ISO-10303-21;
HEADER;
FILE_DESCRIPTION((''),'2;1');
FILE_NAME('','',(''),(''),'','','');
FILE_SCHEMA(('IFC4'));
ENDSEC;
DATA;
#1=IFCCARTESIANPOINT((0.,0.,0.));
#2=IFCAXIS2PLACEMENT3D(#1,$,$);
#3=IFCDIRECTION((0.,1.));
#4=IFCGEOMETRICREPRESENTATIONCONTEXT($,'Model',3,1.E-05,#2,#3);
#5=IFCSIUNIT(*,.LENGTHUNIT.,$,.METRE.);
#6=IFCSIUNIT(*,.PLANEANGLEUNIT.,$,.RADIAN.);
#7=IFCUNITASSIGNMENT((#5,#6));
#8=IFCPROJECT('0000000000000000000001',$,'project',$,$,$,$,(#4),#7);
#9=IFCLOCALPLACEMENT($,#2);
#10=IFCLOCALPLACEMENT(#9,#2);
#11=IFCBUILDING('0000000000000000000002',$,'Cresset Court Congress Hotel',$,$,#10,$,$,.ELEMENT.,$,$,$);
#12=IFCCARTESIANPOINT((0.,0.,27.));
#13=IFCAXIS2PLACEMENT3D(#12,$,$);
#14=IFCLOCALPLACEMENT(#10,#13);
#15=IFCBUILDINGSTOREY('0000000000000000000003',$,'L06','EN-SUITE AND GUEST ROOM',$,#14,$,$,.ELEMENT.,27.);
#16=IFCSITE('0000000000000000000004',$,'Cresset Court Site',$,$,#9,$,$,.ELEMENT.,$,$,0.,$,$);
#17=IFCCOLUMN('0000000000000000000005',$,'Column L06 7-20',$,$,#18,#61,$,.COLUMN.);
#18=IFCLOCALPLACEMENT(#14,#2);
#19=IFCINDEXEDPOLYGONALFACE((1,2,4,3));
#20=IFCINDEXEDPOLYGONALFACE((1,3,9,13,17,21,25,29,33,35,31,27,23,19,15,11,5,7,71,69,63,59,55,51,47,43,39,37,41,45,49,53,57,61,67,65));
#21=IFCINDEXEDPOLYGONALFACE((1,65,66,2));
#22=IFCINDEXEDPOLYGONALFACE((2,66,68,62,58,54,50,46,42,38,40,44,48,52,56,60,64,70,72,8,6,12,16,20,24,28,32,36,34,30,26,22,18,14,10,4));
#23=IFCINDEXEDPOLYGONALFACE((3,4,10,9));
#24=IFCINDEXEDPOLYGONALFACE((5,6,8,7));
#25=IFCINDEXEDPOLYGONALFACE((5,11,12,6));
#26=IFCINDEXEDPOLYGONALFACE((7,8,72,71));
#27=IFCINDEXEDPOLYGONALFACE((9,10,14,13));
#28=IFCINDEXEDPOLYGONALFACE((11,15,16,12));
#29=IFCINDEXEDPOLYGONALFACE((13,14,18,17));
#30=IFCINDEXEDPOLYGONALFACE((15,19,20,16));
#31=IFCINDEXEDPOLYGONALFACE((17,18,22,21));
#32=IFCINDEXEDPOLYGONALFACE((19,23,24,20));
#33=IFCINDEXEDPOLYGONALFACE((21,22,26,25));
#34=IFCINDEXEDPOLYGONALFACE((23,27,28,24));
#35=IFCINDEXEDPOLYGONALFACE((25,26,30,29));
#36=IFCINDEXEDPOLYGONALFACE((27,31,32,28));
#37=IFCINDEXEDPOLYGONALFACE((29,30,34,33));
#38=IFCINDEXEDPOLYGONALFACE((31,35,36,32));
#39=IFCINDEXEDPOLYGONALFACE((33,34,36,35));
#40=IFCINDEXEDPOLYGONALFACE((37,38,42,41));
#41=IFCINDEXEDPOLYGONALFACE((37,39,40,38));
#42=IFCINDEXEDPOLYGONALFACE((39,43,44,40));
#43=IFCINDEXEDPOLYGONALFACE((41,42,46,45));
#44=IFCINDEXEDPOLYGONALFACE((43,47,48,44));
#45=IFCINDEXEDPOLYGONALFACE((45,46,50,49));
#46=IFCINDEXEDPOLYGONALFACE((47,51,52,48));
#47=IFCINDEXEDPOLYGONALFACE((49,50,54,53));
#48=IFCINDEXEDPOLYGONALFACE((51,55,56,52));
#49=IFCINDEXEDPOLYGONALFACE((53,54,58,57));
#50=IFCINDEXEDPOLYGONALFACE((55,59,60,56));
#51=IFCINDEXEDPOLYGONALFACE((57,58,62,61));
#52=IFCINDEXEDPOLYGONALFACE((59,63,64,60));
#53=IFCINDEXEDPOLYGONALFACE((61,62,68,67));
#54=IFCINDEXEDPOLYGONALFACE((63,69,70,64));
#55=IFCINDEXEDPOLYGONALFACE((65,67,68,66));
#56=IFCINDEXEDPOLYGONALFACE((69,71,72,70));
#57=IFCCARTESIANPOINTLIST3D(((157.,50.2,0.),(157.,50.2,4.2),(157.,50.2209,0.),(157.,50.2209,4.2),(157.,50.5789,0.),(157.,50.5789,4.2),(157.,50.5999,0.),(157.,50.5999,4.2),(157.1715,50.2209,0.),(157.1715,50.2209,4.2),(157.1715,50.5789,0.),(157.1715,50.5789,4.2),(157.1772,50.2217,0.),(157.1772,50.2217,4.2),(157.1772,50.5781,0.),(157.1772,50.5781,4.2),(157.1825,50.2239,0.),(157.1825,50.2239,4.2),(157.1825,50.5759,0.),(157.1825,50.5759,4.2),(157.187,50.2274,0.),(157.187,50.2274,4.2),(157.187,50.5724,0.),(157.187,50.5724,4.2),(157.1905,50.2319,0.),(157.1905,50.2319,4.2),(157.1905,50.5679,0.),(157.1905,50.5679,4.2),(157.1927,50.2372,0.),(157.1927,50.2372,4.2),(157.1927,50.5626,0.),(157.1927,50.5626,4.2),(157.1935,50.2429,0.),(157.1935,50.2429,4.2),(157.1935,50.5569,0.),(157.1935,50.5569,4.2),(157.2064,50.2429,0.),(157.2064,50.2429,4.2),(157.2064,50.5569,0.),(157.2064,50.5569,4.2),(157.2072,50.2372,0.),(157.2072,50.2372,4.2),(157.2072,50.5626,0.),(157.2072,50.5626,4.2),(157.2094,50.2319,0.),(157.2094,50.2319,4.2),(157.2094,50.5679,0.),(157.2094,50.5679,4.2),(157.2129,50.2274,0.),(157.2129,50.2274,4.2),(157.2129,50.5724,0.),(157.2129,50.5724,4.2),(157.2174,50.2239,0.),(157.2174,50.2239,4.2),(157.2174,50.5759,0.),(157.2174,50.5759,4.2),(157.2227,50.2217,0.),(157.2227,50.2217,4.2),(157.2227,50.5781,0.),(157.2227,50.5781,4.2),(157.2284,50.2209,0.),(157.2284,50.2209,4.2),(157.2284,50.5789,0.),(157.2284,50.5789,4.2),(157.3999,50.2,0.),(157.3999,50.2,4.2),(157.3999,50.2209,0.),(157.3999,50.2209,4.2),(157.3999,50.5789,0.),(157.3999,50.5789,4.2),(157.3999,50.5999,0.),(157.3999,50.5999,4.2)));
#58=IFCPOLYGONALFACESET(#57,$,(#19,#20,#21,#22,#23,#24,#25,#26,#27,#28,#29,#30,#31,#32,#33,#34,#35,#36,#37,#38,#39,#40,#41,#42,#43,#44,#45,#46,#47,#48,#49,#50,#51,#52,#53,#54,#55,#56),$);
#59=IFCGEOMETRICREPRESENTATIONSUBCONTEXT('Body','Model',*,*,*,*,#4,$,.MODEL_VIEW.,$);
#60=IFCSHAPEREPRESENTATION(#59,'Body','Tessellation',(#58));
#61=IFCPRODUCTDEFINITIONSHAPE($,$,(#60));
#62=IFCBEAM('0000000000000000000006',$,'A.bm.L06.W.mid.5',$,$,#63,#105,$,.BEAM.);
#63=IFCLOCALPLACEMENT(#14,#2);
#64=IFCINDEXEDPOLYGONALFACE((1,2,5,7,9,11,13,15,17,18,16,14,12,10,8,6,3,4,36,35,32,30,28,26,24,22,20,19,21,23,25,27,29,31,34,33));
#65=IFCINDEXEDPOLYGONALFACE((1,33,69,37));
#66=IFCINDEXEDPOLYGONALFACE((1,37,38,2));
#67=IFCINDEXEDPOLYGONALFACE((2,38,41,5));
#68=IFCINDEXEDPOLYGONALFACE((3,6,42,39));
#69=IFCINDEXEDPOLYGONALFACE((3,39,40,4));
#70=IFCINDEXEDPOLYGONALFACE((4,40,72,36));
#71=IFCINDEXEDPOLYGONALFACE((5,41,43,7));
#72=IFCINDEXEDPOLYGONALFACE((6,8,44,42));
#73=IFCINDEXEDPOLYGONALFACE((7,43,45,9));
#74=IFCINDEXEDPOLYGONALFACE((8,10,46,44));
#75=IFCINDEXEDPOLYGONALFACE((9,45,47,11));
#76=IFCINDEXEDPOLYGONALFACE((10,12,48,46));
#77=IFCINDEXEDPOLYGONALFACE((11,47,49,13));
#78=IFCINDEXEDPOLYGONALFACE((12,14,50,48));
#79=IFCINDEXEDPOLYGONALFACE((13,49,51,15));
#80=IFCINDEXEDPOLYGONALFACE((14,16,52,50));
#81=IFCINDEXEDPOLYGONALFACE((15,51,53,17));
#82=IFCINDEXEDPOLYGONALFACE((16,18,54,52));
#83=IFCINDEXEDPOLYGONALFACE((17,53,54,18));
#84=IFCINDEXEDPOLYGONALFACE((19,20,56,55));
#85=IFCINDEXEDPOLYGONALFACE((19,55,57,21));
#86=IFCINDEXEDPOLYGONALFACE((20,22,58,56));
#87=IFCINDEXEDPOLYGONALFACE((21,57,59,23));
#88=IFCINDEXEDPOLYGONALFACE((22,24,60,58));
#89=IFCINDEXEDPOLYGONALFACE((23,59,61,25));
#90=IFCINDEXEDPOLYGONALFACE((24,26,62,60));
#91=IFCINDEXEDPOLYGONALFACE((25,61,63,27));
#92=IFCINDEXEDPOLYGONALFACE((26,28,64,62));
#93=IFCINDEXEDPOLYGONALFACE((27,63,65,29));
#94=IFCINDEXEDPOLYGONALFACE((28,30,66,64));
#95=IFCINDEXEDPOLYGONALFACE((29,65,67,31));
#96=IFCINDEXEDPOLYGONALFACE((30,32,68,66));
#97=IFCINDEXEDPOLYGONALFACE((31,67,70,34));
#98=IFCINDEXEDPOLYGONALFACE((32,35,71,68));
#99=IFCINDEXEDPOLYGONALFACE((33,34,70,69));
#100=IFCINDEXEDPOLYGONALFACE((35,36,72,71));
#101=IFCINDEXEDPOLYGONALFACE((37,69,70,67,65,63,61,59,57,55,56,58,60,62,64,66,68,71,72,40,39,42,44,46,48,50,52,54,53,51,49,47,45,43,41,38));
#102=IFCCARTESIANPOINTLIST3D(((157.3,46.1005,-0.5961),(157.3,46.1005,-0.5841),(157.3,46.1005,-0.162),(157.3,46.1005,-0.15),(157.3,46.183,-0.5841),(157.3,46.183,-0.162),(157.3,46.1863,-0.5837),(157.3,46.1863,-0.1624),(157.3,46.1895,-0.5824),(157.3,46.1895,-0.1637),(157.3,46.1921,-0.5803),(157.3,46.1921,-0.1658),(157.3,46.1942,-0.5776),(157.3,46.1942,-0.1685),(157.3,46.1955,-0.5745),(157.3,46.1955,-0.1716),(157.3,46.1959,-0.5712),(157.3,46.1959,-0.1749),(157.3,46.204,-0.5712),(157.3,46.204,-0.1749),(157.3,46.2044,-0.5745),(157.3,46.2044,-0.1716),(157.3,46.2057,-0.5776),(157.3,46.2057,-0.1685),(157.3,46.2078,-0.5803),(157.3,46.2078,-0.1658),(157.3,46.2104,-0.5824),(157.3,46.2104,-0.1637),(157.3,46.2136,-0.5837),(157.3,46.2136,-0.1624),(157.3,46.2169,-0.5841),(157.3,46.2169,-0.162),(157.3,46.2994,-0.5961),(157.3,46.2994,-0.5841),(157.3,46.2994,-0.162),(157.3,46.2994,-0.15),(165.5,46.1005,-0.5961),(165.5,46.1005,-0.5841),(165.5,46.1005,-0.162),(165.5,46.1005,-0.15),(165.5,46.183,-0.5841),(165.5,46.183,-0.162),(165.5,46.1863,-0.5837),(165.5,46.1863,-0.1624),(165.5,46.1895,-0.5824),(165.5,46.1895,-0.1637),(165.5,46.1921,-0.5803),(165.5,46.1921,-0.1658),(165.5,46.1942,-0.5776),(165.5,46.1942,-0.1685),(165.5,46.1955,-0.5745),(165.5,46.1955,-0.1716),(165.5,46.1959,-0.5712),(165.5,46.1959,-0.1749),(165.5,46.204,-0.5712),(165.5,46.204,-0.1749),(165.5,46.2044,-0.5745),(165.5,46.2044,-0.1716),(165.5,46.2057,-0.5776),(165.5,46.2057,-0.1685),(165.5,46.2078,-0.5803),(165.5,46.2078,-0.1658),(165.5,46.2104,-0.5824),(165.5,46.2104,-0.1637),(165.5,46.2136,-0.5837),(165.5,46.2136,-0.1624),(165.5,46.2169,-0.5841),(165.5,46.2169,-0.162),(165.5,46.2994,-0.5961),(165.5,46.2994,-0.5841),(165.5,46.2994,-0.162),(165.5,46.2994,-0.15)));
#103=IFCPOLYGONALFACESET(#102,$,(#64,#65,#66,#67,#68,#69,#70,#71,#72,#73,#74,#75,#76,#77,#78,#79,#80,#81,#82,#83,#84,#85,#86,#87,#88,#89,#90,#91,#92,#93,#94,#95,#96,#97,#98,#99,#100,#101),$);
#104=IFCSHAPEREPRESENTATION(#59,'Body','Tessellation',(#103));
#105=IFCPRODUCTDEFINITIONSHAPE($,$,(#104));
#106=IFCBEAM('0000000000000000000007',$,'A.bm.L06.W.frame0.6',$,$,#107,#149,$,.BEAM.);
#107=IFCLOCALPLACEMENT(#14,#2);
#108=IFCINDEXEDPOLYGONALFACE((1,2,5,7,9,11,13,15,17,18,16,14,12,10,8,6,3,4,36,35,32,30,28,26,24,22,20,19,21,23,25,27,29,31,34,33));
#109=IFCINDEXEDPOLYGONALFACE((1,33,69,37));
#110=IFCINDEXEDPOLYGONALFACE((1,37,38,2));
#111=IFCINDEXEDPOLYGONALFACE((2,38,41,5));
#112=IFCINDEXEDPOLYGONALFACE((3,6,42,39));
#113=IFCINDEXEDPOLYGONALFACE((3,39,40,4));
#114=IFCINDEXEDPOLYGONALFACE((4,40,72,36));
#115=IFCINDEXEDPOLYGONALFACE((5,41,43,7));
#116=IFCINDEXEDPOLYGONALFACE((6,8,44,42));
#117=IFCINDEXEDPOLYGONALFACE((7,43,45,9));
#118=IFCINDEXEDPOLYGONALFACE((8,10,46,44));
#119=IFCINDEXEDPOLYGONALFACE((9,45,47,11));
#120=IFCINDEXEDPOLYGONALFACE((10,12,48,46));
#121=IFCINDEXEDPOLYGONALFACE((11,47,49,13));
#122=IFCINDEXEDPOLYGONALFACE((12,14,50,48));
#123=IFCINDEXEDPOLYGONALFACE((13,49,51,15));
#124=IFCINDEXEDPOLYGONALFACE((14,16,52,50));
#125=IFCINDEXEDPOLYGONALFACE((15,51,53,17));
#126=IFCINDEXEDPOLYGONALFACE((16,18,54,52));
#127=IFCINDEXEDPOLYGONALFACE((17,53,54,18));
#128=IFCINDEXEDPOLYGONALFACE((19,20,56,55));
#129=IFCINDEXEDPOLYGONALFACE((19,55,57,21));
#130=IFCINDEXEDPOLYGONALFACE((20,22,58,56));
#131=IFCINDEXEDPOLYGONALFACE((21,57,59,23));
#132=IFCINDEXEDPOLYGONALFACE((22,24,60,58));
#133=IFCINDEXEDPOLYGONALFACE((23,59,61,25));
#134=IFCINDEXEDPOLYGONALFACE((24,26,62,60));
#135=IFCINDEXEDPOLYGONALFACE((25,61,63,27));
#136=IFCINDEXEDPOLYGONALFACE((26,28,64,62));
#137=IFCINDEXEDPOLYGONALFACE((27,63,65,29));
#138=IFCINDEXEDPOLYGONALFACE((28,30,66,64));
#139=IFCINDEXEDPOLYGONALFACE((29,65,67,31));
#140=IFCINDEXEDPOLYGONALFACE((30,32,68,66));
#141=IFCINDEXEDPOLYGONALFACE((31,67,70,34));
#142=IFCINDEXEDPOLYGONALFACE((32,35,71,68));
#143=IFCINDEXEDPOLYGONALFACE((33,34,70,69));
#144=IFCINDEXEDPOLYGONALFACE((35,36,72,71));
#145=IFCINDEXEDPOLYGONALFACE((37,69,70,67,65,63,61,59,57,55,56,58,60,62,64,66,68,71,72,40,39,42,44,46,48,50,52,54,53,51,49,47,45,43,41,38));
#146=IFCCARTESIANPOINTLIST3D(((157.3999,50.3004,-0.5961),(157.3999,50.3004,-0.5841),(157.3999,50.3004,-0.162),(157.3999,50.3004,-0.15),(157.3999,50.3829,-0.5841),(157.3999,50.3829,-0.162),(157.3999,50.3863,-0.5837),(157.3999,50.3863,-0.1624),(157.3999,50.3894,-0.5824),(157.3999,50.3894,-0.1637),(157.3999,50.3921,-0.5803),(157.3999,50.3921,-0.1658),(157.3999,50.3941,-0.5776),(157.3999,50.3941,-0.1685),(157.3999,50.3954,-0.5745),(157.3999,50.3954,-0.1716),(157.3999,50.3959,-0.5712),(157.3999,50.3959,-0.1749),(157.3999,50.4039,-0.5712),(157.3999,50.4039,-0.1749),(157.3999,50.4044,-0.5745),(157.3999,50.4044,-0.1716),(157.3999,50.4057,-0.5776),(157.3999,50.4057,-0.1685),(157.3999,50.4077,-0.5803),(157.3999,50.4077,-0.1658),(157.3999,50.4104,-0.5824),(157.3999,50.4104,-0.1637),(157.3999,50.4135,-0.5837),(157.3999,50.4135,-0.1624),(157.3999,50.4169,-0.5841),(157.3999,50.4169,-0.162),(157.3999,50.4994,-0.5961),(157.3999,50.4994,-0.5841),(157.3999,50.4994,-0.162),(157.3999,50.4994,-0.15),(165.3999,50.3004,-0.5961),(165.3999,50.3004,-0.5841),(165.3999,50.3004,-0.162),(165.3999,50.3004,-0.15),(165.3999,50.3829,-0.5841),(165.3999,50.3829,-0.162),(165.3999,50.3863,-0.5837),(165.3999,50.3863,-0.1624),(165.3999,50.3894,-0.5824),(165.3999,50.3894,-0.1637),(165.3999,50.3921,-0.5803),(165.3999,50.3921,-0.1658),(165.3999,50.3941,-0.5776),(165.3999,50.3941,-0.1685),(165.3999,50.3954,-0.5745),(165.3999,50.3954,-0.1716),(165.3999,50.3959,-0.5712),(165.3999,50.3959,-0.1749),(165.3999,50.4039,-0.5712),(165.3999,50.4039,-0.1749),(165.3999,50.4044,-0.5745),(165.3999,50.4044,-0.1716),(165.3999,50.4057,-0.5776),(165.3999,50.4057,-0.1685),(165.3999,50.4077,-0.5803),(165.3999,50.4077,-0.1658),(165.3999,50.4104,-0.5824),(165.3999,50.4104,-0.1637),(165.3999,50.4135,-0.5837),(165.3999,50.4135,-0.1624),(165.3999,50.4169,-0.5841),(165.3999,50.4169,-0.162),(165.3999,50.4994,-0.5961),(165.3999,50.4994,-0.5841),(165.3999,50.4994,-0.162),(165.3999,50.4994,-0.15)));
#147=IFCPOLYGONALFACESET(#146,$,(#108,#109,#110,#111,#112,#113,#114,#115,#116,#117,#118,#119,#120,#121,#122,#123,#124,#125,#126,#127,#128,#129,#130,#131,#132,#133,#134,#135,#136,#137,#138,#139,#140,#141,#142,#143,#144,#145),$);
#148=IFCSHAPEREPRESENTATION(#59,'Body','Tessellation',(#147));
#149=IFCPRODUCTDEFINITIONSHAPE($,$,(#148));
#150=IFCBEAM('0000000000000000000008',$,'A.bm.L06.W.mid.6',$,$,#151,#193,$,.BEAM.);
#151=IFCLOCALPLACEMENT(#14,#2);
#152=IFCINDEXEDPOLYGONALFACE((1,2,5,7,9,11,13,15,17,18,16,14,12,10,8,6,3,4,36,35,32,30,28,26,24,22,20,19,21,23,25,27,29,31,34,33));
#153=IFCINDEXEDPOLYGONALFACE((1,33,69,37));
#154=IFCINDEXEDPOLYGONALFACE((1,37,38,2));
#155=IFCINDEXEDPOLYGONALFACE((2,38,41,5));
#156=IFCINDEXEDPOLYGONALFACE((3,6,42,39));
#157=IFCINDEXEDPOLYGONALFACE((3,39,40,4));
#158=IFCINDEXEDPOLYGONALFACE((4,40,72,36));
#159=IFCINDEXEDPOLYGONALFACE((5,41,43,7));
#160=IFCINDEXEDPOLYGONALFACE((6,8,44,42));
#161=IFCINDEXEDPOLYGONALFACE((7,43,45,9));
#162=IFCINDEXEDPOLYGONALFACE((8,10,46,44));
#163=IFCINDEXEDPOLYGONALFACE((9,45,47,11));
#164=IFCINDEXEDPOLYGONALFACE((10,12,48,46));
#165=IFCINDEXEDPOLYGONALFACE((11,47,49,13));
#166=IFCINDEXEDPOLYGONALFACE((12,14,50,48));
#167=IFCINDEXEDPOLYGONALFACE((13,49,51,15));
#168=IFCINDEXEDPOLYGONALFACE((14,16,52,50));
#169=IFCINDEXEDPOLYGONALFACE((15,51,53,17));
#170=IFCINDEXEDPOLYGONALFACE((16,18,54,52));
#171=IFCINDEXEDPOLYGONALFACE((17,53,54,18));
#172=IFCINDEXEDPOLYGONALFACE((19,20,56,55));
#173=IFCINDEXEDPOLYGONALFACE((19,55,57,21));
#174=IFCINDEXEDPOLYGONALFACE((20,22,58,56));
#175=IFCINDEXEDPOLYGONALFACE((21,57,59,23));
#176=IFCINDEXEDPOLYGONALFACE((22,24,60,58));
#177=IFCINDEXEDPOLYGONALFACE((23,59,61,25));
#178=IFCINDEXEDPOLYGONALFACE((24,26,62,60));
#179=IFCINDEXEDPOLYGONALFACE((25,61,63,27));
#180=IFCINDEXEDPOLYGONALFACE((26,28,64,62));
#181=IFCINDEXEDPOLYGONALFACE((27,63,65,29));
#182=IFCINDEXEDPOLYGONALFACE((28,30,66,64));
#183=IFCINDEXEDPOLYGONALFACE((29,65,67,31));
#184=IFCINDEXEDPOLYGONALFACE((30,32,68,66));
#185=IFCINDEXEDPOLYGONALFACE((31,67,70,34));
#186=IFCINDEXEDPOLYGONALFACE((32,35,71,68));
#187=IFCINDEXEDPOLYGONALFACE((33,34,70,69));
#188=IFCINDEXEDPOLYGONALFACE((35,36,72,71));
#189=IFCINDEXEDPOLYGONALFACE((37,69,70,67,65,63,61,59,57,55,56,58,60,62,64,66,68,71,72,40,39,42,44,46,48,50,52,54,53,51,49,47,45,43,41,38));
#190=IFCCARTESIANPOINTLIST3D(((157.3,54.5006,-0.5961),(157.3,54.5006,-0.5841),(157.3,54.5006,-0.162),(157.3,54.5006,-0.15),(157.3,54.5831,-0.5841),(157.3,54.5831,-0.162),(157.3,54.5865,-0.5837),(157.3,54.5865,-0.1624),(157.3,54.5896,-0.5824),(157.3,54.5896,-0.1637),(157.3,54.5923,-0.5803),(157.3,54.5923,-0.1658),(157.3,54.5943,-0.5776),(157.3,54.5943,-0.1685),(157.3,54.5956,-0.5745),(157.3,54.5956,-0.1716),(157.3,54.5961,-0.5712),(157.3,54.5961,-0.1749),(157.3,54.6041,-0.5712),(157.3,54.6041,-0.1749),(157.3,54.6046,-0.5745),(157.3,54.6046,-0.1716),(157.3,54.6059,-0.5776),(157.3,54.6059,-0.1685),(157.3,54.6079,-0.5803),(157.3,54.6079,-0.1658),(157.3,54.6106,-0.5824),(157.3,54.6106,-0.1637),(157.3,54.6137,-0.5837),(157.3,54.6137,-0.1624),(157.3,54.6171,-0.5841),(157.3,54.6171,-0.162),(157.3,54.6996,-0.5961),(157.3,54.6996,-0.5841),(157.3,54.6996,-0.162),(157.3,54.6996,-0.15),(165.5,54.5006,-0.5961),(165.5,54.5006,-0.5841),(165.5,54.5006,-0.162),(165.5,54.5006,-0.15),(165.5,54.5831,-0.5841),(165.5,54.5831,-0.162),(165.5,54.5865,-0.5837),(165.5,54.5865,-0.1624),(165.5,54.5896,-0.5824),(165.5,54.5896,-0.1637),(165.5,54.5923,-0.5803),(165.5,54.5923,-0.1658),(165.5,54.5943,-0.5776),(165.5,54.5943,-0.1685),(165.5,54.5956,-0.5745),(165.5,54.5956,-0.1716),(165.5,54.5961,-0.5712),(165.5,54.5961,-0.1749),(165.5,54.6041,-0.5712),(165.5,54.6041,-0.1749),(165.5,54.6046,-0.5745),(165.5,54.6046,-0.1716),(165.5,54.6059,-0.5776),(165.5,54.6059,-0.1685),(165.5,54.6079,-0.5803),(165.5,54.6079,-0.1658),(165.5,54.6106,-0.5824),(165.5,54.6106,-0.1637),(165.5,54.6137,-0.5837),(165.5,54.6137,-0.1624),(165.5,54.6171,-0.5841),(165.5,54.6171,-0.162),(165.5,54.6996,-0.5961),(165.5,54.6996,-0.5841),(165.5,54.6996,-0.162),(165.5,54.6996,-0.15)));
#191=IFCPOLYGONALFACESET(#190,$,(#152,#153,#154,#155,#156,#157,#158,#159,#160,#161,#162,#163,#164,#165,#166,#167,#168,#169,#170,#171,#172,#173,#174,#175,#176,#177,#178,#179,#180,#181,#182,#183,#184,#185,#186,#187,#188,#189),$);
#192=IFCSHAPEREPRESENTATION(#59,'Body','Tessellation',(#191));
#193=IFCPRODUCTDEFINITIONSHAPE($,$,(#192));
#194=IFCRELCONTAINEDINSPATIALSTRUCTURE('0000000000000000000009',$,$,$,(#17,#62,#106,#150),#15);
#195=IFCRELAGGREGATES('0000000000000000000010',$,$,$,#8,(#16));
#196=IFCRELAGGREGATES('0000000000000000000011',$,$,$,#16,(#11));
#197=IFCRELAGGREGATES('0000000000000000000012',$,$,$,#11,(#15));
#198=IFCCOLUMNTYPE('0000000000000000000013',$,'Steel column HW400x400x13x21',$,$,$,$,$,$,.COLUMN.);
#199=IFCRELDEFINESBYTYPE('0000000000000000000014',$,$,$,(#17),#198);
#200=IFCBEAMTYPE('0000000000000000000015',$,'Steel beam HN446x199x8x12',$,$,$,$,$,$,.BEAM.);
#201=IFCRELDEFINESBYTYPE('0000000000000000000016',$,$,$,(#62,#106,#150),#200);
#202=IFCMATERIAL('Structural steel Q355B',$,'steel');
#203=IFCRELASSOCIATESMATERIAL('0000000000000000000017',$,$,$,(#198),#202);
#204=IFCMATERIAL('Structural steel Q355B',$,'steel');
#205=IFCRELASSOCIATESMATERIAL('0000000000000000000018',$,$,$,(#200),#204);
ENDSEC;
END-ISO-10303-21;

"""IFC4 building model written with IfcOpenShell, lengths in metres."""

from ifc_helpers import new_model, si_unit, direction, frame, origin, origin_2d, place, context, subcontext, project, spatial, i_section, extrude, material, material_profile, profile_set, type_object, element, save


model = new_model("IFC4")

# Units and contexts
model_context = context("Model", 3, precision=1e-05, world=origin(), true_north=direction((0.0, 1.0)))
body_context = subcontext(model_context, "Body", "Model", "MODEL_VIEW")
ifc_project = project(units=[si_unit("LENGTHUNIT", "METRE"), si_unit("PLANEANGLEUNIT", "RADIAN")], contexts=[model_context])

# Site, building, storey
site_placement = place(None, origin())
site = spatial("IfcSite", under=ifc_project, at=site_placement, Name="Cresset Court Site", CompositionType="ELEMENT", RefElevation=0.0)
building_placement = place(site_placement, origin())
building = spatial("IfcBuilding", under=site, at=building_placement, Name="Cresset Court Congress Hotel", CompositionType="ELEMENT")
storey_placement = place(building_placement, frame((0.0, 0.0, 27.0)))
storey = spatial("IfcBuildingStorey", under=building, at=storey_placement, Name="L06", Description="EN-SUITE AND GUEST ROOM", CompositionType="ELEMENT", Elevation=27.0)

# Column
ifc_material_1 = material(Name="Structural steel Q355B", Category="steel")
ifc_material_profile_1 = material_profile(ifc_material_1, i_section(OverallWidth=0.3999, OverallDepth=0.3999, WebThickness=0.0129, FlangeThickness=0.021, FilletRadius=0.022, at=origin_2d()), Name="HW400x400x13x21")
ifc_profile_set_1 = profile_set([ifc_material_profile_1], Name="Structural steel Q355B")
column_type = type_object("IfcColumnType", Name="Steel column HW400x400x13x21", PredefinedType="COLUMN", material=ifc_profile_set_1)
column_placement = place(storey_placement, frame((157.2, 50.3999, 0.0), z_axis=(0.0, 0.0, 1.0), x_axis=(1.0, 0.0, 0.0)))
element("IfcColumn", 1, at=column_placement, inside=storey, type_object=column_type, Name="Column L06 7-20", PredefinedType="COLUMN", context=body_context, shape_type="SweptSolid", body=[
    extrude(i_section(OverallWidth=0.3999, OverallDepth=0.3999, WebThickness=0.0129, FlangeThickness=0.021, FilletRadius=0.022, at=origin_2d()), origin(), (0.0, 0.0, 1.0), 4.2),
])

# Beams
ifc_material_2 = material(Name="Structural steel Q355B", Category="steel")
ifc_material_profile_2 = material_profile(ifc_material_2, i_section(OverallWidth=0.199, OverallDepth=0.446, WebThickness=0.0081, FlangeThickness=0.012, FilletRadius=0.0129, at=origin_2d()), Name="HN446x199x8x12")
ifc_profile_set_2 = profile_set([ifc_material_profile_2], Name="Structural steel Q355B")
beam_type_1 = type_object("IfcBeamType", Name="Steel beam HN446x199x8x12", PredefinedType="BEAM", material=ifc_profile_set_2)
beam_1_placement = place(storey_placement, frame((157.3, 46.2, -0.373), z_axis=(1.0, 0.0, 0.0), x_axis=(0.0, 1.0, 0.0)))
element("IfcBeam", 2, at=beam_1_placement, inside=storey, type_object=beam_type_1, Name="A.bm.L06.W.mid.5", PredefinedType="BEAM", context=body_context, shape_type="SweptSolid", body=[
    extrude(i_section(OverallWidth=0.199, OverallDepth=0.446, WebThickness=0.0081, FlangeThickness=0.012, FilletRadius=0.0129, at=origin_2d()), origin(), (0.0, 0.0, 1.0), 8.2),
])
beam_2_placement = place(storey_placement, frame((157.3999, 50.3999, -0.373), z_axis=(1.0, 0.0, 0.0), x_axis=(0.0, 1.0, 0.0)))
element("IfcBeam", 3, at=beam_2_placement, inside=storey, type_object=beam_type_1, Name="A.bm.L06.W.frame0.6", PredefinedType="BEAM", context=body_context, shape_type="SweptSolid", body=[
    extrude(i_section(OverallWidth=0.199, OverallDepth=0.446, WebThickness=0.0081, FlangeThickness=0.012, FilletRadius=0.0129, at=origin_2d()), origin(), (0.0, 0.0, 1.0), 8.0),
])
beam_3_placement = place(storey_placement, frame((157.3, 54.6001, -0.373), z_axis=(1.0, 0.0, 0.0), x_axis=(0.0, 1.0, 0.0)))
element("IfcBeam", 4, at=beam_3_placement, inside=storey, type_object=beam_type_1, Name="A.bm.L06.W.mid.6", PredefinedType="BEAM", context=body_context, shape_type="SweptSolid", body=[
    extrude(i_section(OverallWidth=0.199, OverallDepth=0.446, WebThickness=0.0081, FlangeThickness=0.012, FilletRadius=0.0129, at=origin_2d()), origin(), (0.0, 0.0, 1.0), 8.2),
])

save(model, "model.ifc")
